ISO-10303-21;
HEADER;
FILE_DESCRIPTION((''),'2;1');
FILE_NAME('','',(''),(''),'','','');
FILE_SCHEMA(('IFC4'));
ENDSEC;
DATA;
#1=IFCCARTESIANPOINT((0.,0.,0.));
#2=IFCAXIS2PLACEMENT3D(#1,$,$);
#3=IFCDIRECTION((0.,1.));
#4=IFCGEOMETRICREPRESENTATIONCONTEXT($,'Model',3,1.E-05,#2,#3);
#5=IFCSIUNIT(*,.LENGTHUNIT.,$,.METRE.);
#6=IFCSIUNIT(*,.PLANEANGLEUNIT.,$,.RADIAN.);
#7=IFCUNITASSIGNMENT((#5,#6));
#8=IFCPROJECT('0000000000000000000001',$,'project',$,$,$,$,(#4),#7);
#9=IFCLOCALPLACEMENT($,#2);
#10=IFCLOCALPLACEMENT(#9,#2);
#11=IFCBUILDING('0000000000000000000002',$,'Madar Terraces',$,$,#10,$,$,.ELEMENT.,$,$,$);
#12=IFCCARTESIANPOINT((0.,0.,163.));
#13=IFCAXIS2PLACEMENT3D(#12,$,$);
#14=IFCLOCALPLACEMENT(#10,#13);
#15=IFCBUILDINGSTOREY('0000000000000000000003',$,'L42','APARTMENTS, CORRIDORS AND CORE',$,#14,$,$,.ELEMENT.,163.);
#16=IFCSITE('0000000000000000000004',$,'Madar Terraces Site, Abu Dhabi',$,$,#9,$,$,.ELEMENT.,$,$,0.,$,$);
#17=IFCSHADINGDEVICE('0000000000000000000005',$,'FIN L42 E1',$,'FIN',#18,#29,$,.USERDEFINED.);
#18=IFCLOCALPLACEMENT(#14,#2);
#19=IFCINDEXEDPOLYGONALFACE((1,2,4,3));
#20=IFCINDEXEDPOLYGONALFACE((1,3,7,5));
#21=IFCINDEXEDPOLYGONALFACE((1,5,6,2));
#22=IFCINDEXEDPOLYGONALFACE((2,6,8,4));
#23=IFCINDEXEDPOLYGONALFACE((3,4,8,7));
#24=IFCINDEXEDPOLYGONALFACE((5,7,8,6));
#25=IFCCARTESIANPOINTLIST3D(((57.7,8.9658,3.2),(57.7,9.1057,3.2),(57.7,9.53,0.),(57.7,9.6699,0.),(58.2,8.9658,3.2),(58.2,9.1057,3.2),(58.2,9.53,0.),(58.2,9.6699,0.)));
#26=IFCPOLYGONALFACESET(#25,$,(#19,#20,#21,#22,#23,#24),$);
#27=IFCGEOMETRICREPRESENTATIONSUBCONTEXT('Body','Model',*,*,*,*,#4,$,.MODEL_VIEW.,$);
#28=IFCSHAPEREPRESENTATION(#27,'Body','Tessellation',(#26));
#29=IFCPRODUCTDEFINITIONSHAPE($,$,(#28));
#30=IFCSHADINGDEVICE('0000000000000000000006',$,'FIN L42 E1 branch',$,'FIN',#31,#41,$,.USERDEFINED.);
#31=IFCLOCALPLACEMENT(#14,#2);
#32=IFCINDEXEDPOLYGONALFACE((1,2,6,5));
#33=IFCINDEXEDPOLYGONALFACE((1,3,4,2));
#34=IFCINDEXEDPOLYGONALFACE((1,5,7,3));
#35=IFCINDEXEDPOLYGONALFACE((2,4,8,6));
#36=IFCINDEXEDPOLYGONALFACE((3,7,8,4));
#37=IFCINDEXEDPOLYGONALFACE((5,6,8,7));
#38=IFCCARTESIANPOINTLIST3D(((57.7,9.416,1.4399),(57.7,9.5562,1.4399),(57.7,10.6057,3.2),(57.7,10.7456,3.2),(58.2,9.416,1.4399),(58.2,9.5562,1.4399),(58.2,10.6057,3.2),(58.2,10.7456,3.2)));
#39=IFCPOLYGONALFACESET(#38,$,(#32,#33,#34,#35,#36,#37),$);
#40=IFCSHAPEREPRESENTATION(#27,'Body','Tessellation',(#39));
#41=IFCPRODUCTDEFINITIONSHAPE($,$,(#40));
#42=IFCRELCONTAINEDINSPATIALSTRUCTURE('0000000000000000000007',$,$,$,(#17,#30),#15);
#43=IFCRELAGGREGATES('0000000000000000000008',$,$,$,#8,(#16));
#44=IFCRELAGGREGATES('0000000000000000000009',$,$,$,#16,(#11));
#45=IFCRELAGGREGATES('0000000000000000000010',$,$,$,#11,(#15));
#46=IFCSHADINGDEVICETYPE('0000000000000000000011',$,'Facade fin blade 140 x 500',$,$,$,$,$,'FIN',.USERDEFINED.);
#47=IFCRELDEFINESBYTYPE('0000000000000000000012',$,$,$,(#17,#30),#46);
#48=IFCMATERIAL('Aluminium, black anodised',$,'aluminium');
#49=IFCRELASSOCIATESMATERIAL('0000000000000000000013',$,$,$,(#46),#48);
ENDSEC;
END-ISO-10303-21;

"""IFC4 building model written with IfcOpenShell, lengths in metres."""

from ifc_helpers import new_model, si_unit, direction, frame, origin, place, context, subcontext, project, spatial, polyline, outline, extrude, material, type_object, element, save


model = new_model("IFC4")

# Units and contexts
model_context = context("Model", 3, precision=1e-05, world=origin(), true_north=direction((0.0, 1.0)))
body_context = subcontext(model_context, "Body", "Model", "MODEL_VIEW")
ifc_project = project(units=[si_unit("LENGTHUNIT", "METRE"), si_unit("PLANEANGLEUNIT", "RADIAN")], contexts=[model_context])

# Site, building, storey
site_placement = place(None, origin())
site = spatial("IfcSite", under=ifc_project, at=site_placement, Name="Madar Terraces Site, Abu Dhabi", CompositionType="ELEMENT", RefElevation=0.0)
building_placement = place(site_placement, origin())
building = spatial("IfcBuilding", under=site, at=building_placement, Name="Madar Terraces", CompositionType="ELEMENT")
storey_placement = place(building_placement, frame((0.0, 0.0, 163.0)))
storey = spatial("IfcBuildingStorey", under=building, at=storey_placement, Name="L42", Description="APARTMENTS, CORRIDORS AND CORE", CompositionType="ELEMENT", Elevation=163.0)

# Shading devices
ifc_material_1 = material(Name="Aluminium, black anodised", Category="aluminium")
shading_device_type = type_object("IfcShadingDeviceType", Name="Facade fin blade 140 x 500", ElementType="FIN", PredefinedType="USERDEFINED", material=ifc_material_1)
shading_device_1_placement = place(storey_placement, frame((57.95, 9.53, 0.0), z_axis=(0.0, 0.0, 1.0), x_axis=(0.0, 1.0, 0.0)))
element("IfcShadingDevice", 1, at=shading_device_1_placement, inside=storey, type_object=shading_device_type, Name="FIN L42 E1", ObjectType="FIN", PredefinedType="USERDEFINED", context=body_context, shape_type="SweptSolid", body=[
    extrude(outline(polyline([(0.0, 0.0), (0.1399, 0.0), (-0.4243, 3.2), (-0.5642, 3.2), (0.0, 0.0)])), frame((0.0, 0.25, 0.0), z_axis=(0.0, -1.0, 0.0), x_axis=(1.0, 0.0, 0.0)), (0.0, 0.0, 1.0), 0.5),
])
shading_device_2_placement = place(storey_placement, frame((57.95, 9.416, 1.4399), z_axis=(0.0, 0.0, 1.0), x_axis=(0.0, 1.0, 0.0)))
element("IfcShadingDevice", 2, at=shading_device_2_placement, inside=storey, type_object=shading_device_type, Name="FIN L42 E1 branch", ObjectType="FIN", PredefinedType="USERDEFINED", context=body_context, shape_type="SweptSolid", body=[
    extrude(outline(polyline([(0.0, 0.0), (0.1401, 0.0), (1.3296, 1.76), (1.1897, 1.76), (0.0, 0.0)])), frame((0.0, 0.25, 0.0), z_axis=(0.0, -1.0, 0.0), x_axis=(1.0, 0.0, 0.0)), (0.0, 0.0, 1.0), 0.5),
])

save(model, "model.ifc")
